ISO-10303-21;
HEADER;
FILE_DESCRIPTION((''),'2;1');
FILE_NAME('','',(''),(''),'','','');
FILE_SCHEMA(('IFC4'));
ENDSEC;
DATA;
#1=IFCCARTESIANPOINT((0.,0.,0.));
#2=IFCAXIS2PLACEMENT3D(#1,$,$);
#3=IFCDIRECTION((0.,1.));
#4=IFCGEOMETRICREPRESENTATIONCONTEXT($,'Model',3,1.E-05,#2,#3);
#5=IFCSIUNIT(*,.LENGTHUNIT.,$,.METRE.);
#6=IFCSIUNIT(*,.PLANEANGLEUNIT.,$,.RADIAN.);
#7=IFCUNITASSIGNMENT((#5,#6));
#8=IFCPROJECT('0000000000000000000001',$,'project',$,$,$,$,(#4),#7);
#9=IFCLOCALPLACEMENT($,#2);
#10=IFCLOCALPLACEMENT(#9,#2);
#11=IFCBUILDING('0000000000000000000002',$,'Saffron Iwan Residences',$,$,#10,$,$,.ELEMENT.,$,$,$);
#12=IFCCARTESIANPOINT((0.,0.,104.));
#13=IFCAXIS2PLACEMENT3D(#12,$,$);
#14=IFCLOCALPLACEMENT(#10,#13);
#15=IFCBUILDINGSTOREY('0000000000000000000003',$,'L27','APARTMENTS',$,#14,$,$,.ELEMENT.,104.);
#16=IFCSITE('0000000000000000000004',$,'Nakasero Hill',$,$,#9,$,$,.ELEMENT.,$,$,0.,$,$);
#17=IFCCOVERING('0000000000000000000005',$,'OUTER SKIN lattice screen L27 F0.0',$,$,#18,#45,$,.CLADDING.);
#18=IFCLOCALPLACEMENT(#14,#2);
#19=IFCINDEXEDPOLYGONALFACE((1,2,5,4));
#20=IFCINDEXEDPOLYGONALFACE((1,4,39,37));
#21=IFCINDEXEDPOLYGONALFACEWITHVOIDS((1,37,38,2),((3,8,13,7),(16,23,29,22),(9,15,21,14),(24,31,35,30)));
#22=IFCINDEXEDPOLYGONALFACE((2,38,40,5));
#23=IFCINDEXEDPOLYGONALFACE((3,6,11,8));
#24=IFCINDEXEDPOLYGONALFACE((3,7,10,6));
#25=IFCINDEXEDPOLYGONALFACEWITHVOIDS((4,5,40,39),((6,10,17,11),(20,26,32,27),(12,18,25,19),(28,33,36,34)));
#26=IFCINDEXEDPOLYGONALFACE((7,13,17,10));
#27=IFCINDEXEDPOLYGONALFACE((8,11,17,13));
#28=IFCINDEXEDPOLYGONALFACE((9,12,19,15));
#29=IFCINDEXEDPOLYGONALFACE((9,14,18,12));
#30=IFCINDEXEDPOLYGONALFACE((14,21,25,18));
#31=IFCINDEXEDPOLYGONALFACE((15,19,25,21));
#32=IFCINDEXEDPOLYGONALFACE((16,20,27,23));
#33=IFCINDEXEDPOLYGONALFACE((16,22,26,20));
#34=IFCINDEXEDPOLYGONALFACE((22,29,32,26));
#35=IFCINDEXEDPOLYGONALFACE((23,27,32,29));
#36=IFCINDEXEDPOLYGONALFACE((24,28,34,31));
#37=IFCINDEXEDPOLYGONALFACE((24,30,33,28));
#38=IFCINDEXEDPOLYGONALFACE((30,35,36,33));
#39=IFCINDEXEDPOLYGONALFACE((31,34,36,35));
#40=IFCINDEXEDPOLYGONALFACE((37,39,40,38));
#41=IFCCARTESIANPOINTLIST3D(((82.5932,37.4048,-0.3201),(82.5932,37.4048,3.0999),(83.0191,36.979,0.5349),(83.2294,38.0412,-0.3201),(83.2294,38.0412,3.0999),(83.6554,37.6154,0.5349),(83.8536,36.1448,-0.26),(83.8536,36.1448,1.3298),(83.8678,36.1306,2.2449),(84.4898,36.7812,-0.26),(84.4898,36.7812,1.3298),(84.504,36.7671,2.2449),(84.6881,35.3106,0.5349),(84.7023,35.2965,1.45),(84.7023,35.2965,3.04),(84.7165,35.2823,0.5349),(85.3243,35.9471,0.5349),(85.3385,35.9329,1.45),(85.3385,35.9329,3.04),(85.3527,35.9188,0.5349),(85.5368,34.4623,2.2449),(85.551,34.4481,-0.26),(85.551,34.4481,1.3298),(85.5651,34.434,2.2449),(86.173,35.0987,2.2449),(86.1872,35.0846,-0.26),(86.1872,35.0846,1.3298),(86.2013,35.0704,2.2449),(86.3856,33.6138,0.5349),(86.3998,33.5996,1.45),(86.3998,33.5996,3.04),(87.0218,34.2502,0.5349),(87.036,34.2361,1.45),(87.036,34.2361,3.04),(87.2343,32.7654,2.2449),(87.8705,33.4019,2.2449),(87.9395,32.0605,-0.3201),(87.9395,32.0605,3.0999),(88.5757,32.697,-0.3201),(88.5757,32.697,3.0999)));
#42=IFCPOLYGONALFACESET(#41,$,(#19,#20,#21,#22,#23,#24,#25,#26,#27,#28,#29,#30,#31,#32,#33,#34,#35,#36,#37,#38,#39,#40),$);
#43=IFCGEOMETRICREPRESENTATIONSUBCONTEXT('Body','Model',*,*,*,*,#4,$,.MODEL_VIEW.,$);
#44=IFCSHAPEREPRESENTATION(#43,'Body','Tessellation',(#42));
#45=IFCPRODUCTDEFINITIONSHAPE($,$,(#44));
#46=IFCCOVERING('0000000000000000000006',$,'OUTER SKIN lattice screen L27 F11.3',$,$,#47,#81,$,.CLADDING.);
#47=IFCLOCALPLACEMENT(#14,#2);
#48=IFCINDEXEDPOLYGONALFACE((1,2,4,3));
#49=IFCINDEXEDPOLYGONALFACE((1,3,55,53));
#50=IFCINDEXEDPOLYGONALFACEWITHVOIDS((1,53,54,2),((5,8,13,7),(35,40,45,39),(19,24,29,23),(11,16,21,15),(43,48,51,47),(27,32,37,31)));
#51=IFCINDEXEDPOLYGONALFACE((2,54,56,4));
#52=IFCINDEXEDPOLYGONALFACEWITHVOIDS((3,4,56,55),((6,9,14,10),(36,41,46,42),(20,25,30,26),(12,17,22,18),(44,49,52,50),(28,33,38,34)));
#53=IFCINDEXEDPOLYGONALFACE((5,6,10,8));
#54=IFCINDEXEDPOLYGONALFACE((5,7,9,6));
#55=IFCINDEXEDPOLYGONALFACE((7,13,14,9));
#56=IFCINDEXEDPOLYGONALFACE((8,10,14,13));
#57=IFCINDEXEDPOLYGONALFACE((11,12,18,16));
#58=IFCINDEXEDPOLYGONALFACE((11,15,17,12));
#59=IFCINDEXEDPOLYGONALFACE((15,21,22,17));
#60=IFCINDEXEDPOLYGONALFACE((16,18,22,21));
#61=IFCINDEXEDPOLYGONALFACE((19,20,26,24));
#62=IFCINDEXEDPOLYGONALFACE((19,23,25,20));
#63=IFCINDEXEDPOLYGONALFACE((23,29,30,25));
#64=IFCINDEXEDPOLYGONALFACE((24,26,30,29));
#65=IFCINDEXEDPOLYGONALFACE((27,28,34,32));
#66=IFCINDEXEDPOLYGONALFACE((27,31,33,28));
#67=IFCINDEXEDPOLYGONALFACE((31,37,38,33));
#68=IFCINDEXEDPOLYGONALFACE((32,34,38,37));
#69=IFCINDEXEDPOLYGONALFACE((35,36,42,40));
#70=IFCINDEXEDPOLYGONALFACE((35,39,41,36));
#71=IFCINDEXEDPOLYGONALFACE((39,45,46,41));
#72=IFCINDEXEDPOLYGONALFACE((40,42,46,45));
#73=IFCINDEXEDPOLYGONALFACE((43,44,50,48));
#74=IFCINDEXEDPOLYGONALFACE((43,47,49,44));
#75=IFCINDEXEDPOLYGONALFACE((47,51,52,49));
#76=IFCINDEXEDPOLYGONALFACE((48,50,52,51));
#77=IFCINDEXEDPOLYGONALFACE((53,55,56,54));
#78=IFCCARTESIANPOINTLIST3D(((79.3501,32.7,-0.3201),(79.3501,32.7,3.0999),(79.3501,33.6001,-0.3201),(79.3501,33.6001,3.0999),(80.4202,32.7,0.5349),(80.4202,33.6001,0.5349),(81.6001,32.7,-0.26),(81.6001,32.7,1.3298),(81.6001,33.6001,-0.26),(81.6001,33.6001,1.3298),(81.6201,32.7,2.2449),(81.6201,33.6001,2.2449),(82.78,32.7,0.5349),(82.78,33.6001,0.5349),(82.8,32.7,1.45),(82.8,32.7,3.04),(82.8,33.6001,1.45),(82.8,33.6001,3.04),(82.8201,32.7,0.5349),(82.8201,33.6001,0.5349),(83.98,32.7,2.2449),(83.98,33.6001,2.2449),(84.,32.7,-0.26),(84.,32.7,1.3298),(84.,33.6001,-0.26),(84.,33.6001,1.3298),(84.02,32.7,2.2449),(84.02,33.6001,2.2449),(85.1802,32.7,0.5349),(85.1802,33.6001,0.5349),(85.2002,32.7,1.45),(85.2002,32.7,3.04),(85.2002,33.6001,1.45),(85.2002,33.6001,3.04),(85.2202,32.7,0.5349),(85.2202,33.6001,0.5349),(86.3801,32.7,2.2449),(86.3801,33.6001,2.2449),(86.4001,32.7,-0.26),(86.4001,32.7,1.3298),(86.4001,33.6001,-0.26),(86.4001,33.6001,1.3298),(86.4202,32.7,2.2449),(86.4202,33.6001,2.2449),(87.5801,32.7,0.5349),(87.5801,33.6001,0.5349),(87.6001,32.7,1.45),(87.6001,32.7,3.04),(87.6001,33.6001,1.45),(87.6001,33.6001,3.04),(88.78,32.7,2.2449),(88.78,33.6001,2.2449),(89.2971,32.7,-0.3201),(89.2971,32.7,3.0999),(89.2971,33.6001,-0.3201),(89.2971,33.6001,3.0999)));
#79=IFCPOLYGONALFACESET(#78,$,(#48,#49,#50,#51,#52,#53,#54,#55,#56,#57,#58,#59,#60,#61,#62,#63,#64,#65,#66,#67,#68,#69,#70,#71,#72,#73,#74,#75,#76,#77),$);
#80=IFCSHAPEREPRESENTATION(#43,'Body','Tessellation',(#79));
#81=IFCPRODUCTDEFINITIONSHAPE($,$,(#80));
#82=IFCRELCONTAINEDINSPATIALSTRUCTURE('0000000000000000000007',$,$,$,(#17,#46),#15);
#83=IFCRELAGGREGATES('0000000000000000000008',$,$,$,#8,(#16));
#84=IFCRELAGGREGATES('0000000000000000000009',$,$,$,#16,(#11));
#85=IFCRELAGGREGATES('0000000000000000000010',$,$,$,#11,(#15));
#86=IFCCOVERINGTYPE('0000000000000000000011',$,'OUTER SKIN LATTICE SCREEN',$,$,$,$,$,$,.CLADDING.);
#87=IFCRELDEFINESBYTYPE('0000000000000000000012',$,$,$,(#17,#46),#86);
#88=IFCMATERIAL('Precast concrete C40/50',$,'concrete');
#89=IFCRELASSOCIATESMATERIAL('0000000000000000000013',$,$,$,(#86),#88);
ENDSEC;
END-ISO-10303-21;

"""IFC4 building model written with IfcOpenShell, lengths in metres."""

from ifc_helpers import new_model, si_unit, direction, frame, origin, place, context, subcontext, project, spatial, polyline, outline, extrude, material, type_object, element, save


model = new_model("IFC4")

# Units and contexts
model_context = context("Model", 3, precision=1e-05, world=origin(), true_north=direction((0.0, 1.0)))
body_context = subcontext(model_context, "Body", "Model", "MODEL_VIEW")
ifc_project = project(units=[si_unit("LENGTHUNIT", "METRE"), si_unit("PLANEANGLEUNIT", "RADIAN")], contexts=[model_context])

# Site, building, storey
site_placement = place(None, origin())
site = spatial("IfcSite", under=ifc_project, at=site_placement, Name="Nakasero Hill", CompositionType="ELEMENT", RefElevation=0.0)
building_placement = place(site_placement, origin())
building = spatial("IfcBuilding", under=site, at=building_placement, Name="Saffron Iwan Residences", CompositionType="ELEMENT")
storey_placement = place(building_placement, frame((0.0, 0.0, 104.0)))
storey = spatial("IfcBuildingStorey", under=building, at=storey_placement, Name="L27", Description="APARTMENTS", CompositionType="ELEMENT", Elevation=104.0)

# Coverings
ifc_material_1 = material(Name="Precast concrete C40/50", Category="concrete")
covering_type = type_object("IfcCoveringType", Name="OUTER SKIN LATTICE SCREEN", PredefinedType="CLADDING", material=ifc_material_1)
covering_1_placement = place(storey_placement, frame((87.9395, 32.0605, -0.3201), z_axis=(0.706971, 0.707242, 0.0), x_axis=(-0.707242, 0.706971, 0.0)))
element("IfcCovering", 1, at=covering_1_placement, inside=storey, type_object=covering_type, Name="OUTER SKIN lattice screen L27 F0.0", PredefinedType="CLADDING", context=body_context, shape_type="SweptSolid", body=[
    extrude(outline(polyline([(0.0, 0.0), (7.5593, 0.0), (7.5593, 3.4199), (0.0, 3.4199), (0.0, 0.0)]), holes=[polyline([(2.197, 0.855), (3.3772, 0.0601), (4.5571, 0.855), (3.3772, 1.6499), (2.197, 0.855)]), polyline([(4.5972, 0.855), (5.7771, 0.0601), (6.957, 0.855), (5.7771, 1.6499), (4.5972, 0.855)]), polyline([(0.9971, 2.5649), (2.177, 1.77), (3.3572, 2.5649), (2.177, 3.3601), (0.9971, 2.5649)]), polyline([(3.3972, 2.5649), (4.5771, 1.77), (5.7571, 2.5649), (4.5771, 3.3601), (3.3972, 2.5649)])]), origin(), (0.0, 0.0, 1.0), 0.8999),
])
covering_2_placement = place(storey_placement, frame((79.3501, 33.6001, -0.3201), z_axis=(0.0, -1.0, 0.0), x_axis=(1.0, 0.0, 0.0)))
element("IfcCovering", 2, at=covering_2_placement, inside=storey, type_object=covering_type, Name="OUTER SKIN lattice screen L27 F11.3", PredefinedType="CLADDING", context=body_context, shape_type="SweptSolid", body=[
    extrude(outline(polyline([(0.0, 0.0), (9.947, 0.0), (9.947, 3.4199), (0.0, 3.4199), (0.0, 0.0)]), holes=[polyline([(1.0701, 0.855), (2.25, 0.0601), (3.4299, 0.855), (2.25, 1.6499), (1.0701, 0.855)]), polyline([(3.47, 0.855), (4.6499, 0.0601), (5.8301, 0.855), (4.6499, 1.6499), (3.47, 0.855)]), polyline([(5.8701, 0.855), (7.05, 0.0601), (8.23, 0.855), (7.05, 1.6499), (5.8701, 0.855)]), polyline([(2.27, 2.5649), (3.45, 1.77), (4.6299, 2.5649), (3.45, 3.3601), (2.27, 2.5649)]), polyline([(4.6699, 2.5649), (5.8501, 1.77), (7.03, 2.5649), (5.8501, 3.3601), (4.6699, 2.5649)]), polyline([(7.0701, 2.5649), (8.25, 1.77), (9.4299, 2.5649), (8.25, 3.3601), (7.0701, 2.5649)])]), origin(), (0.0, 0.0, 1.0), 0.9001),
])

save(model, "model.ifc")
